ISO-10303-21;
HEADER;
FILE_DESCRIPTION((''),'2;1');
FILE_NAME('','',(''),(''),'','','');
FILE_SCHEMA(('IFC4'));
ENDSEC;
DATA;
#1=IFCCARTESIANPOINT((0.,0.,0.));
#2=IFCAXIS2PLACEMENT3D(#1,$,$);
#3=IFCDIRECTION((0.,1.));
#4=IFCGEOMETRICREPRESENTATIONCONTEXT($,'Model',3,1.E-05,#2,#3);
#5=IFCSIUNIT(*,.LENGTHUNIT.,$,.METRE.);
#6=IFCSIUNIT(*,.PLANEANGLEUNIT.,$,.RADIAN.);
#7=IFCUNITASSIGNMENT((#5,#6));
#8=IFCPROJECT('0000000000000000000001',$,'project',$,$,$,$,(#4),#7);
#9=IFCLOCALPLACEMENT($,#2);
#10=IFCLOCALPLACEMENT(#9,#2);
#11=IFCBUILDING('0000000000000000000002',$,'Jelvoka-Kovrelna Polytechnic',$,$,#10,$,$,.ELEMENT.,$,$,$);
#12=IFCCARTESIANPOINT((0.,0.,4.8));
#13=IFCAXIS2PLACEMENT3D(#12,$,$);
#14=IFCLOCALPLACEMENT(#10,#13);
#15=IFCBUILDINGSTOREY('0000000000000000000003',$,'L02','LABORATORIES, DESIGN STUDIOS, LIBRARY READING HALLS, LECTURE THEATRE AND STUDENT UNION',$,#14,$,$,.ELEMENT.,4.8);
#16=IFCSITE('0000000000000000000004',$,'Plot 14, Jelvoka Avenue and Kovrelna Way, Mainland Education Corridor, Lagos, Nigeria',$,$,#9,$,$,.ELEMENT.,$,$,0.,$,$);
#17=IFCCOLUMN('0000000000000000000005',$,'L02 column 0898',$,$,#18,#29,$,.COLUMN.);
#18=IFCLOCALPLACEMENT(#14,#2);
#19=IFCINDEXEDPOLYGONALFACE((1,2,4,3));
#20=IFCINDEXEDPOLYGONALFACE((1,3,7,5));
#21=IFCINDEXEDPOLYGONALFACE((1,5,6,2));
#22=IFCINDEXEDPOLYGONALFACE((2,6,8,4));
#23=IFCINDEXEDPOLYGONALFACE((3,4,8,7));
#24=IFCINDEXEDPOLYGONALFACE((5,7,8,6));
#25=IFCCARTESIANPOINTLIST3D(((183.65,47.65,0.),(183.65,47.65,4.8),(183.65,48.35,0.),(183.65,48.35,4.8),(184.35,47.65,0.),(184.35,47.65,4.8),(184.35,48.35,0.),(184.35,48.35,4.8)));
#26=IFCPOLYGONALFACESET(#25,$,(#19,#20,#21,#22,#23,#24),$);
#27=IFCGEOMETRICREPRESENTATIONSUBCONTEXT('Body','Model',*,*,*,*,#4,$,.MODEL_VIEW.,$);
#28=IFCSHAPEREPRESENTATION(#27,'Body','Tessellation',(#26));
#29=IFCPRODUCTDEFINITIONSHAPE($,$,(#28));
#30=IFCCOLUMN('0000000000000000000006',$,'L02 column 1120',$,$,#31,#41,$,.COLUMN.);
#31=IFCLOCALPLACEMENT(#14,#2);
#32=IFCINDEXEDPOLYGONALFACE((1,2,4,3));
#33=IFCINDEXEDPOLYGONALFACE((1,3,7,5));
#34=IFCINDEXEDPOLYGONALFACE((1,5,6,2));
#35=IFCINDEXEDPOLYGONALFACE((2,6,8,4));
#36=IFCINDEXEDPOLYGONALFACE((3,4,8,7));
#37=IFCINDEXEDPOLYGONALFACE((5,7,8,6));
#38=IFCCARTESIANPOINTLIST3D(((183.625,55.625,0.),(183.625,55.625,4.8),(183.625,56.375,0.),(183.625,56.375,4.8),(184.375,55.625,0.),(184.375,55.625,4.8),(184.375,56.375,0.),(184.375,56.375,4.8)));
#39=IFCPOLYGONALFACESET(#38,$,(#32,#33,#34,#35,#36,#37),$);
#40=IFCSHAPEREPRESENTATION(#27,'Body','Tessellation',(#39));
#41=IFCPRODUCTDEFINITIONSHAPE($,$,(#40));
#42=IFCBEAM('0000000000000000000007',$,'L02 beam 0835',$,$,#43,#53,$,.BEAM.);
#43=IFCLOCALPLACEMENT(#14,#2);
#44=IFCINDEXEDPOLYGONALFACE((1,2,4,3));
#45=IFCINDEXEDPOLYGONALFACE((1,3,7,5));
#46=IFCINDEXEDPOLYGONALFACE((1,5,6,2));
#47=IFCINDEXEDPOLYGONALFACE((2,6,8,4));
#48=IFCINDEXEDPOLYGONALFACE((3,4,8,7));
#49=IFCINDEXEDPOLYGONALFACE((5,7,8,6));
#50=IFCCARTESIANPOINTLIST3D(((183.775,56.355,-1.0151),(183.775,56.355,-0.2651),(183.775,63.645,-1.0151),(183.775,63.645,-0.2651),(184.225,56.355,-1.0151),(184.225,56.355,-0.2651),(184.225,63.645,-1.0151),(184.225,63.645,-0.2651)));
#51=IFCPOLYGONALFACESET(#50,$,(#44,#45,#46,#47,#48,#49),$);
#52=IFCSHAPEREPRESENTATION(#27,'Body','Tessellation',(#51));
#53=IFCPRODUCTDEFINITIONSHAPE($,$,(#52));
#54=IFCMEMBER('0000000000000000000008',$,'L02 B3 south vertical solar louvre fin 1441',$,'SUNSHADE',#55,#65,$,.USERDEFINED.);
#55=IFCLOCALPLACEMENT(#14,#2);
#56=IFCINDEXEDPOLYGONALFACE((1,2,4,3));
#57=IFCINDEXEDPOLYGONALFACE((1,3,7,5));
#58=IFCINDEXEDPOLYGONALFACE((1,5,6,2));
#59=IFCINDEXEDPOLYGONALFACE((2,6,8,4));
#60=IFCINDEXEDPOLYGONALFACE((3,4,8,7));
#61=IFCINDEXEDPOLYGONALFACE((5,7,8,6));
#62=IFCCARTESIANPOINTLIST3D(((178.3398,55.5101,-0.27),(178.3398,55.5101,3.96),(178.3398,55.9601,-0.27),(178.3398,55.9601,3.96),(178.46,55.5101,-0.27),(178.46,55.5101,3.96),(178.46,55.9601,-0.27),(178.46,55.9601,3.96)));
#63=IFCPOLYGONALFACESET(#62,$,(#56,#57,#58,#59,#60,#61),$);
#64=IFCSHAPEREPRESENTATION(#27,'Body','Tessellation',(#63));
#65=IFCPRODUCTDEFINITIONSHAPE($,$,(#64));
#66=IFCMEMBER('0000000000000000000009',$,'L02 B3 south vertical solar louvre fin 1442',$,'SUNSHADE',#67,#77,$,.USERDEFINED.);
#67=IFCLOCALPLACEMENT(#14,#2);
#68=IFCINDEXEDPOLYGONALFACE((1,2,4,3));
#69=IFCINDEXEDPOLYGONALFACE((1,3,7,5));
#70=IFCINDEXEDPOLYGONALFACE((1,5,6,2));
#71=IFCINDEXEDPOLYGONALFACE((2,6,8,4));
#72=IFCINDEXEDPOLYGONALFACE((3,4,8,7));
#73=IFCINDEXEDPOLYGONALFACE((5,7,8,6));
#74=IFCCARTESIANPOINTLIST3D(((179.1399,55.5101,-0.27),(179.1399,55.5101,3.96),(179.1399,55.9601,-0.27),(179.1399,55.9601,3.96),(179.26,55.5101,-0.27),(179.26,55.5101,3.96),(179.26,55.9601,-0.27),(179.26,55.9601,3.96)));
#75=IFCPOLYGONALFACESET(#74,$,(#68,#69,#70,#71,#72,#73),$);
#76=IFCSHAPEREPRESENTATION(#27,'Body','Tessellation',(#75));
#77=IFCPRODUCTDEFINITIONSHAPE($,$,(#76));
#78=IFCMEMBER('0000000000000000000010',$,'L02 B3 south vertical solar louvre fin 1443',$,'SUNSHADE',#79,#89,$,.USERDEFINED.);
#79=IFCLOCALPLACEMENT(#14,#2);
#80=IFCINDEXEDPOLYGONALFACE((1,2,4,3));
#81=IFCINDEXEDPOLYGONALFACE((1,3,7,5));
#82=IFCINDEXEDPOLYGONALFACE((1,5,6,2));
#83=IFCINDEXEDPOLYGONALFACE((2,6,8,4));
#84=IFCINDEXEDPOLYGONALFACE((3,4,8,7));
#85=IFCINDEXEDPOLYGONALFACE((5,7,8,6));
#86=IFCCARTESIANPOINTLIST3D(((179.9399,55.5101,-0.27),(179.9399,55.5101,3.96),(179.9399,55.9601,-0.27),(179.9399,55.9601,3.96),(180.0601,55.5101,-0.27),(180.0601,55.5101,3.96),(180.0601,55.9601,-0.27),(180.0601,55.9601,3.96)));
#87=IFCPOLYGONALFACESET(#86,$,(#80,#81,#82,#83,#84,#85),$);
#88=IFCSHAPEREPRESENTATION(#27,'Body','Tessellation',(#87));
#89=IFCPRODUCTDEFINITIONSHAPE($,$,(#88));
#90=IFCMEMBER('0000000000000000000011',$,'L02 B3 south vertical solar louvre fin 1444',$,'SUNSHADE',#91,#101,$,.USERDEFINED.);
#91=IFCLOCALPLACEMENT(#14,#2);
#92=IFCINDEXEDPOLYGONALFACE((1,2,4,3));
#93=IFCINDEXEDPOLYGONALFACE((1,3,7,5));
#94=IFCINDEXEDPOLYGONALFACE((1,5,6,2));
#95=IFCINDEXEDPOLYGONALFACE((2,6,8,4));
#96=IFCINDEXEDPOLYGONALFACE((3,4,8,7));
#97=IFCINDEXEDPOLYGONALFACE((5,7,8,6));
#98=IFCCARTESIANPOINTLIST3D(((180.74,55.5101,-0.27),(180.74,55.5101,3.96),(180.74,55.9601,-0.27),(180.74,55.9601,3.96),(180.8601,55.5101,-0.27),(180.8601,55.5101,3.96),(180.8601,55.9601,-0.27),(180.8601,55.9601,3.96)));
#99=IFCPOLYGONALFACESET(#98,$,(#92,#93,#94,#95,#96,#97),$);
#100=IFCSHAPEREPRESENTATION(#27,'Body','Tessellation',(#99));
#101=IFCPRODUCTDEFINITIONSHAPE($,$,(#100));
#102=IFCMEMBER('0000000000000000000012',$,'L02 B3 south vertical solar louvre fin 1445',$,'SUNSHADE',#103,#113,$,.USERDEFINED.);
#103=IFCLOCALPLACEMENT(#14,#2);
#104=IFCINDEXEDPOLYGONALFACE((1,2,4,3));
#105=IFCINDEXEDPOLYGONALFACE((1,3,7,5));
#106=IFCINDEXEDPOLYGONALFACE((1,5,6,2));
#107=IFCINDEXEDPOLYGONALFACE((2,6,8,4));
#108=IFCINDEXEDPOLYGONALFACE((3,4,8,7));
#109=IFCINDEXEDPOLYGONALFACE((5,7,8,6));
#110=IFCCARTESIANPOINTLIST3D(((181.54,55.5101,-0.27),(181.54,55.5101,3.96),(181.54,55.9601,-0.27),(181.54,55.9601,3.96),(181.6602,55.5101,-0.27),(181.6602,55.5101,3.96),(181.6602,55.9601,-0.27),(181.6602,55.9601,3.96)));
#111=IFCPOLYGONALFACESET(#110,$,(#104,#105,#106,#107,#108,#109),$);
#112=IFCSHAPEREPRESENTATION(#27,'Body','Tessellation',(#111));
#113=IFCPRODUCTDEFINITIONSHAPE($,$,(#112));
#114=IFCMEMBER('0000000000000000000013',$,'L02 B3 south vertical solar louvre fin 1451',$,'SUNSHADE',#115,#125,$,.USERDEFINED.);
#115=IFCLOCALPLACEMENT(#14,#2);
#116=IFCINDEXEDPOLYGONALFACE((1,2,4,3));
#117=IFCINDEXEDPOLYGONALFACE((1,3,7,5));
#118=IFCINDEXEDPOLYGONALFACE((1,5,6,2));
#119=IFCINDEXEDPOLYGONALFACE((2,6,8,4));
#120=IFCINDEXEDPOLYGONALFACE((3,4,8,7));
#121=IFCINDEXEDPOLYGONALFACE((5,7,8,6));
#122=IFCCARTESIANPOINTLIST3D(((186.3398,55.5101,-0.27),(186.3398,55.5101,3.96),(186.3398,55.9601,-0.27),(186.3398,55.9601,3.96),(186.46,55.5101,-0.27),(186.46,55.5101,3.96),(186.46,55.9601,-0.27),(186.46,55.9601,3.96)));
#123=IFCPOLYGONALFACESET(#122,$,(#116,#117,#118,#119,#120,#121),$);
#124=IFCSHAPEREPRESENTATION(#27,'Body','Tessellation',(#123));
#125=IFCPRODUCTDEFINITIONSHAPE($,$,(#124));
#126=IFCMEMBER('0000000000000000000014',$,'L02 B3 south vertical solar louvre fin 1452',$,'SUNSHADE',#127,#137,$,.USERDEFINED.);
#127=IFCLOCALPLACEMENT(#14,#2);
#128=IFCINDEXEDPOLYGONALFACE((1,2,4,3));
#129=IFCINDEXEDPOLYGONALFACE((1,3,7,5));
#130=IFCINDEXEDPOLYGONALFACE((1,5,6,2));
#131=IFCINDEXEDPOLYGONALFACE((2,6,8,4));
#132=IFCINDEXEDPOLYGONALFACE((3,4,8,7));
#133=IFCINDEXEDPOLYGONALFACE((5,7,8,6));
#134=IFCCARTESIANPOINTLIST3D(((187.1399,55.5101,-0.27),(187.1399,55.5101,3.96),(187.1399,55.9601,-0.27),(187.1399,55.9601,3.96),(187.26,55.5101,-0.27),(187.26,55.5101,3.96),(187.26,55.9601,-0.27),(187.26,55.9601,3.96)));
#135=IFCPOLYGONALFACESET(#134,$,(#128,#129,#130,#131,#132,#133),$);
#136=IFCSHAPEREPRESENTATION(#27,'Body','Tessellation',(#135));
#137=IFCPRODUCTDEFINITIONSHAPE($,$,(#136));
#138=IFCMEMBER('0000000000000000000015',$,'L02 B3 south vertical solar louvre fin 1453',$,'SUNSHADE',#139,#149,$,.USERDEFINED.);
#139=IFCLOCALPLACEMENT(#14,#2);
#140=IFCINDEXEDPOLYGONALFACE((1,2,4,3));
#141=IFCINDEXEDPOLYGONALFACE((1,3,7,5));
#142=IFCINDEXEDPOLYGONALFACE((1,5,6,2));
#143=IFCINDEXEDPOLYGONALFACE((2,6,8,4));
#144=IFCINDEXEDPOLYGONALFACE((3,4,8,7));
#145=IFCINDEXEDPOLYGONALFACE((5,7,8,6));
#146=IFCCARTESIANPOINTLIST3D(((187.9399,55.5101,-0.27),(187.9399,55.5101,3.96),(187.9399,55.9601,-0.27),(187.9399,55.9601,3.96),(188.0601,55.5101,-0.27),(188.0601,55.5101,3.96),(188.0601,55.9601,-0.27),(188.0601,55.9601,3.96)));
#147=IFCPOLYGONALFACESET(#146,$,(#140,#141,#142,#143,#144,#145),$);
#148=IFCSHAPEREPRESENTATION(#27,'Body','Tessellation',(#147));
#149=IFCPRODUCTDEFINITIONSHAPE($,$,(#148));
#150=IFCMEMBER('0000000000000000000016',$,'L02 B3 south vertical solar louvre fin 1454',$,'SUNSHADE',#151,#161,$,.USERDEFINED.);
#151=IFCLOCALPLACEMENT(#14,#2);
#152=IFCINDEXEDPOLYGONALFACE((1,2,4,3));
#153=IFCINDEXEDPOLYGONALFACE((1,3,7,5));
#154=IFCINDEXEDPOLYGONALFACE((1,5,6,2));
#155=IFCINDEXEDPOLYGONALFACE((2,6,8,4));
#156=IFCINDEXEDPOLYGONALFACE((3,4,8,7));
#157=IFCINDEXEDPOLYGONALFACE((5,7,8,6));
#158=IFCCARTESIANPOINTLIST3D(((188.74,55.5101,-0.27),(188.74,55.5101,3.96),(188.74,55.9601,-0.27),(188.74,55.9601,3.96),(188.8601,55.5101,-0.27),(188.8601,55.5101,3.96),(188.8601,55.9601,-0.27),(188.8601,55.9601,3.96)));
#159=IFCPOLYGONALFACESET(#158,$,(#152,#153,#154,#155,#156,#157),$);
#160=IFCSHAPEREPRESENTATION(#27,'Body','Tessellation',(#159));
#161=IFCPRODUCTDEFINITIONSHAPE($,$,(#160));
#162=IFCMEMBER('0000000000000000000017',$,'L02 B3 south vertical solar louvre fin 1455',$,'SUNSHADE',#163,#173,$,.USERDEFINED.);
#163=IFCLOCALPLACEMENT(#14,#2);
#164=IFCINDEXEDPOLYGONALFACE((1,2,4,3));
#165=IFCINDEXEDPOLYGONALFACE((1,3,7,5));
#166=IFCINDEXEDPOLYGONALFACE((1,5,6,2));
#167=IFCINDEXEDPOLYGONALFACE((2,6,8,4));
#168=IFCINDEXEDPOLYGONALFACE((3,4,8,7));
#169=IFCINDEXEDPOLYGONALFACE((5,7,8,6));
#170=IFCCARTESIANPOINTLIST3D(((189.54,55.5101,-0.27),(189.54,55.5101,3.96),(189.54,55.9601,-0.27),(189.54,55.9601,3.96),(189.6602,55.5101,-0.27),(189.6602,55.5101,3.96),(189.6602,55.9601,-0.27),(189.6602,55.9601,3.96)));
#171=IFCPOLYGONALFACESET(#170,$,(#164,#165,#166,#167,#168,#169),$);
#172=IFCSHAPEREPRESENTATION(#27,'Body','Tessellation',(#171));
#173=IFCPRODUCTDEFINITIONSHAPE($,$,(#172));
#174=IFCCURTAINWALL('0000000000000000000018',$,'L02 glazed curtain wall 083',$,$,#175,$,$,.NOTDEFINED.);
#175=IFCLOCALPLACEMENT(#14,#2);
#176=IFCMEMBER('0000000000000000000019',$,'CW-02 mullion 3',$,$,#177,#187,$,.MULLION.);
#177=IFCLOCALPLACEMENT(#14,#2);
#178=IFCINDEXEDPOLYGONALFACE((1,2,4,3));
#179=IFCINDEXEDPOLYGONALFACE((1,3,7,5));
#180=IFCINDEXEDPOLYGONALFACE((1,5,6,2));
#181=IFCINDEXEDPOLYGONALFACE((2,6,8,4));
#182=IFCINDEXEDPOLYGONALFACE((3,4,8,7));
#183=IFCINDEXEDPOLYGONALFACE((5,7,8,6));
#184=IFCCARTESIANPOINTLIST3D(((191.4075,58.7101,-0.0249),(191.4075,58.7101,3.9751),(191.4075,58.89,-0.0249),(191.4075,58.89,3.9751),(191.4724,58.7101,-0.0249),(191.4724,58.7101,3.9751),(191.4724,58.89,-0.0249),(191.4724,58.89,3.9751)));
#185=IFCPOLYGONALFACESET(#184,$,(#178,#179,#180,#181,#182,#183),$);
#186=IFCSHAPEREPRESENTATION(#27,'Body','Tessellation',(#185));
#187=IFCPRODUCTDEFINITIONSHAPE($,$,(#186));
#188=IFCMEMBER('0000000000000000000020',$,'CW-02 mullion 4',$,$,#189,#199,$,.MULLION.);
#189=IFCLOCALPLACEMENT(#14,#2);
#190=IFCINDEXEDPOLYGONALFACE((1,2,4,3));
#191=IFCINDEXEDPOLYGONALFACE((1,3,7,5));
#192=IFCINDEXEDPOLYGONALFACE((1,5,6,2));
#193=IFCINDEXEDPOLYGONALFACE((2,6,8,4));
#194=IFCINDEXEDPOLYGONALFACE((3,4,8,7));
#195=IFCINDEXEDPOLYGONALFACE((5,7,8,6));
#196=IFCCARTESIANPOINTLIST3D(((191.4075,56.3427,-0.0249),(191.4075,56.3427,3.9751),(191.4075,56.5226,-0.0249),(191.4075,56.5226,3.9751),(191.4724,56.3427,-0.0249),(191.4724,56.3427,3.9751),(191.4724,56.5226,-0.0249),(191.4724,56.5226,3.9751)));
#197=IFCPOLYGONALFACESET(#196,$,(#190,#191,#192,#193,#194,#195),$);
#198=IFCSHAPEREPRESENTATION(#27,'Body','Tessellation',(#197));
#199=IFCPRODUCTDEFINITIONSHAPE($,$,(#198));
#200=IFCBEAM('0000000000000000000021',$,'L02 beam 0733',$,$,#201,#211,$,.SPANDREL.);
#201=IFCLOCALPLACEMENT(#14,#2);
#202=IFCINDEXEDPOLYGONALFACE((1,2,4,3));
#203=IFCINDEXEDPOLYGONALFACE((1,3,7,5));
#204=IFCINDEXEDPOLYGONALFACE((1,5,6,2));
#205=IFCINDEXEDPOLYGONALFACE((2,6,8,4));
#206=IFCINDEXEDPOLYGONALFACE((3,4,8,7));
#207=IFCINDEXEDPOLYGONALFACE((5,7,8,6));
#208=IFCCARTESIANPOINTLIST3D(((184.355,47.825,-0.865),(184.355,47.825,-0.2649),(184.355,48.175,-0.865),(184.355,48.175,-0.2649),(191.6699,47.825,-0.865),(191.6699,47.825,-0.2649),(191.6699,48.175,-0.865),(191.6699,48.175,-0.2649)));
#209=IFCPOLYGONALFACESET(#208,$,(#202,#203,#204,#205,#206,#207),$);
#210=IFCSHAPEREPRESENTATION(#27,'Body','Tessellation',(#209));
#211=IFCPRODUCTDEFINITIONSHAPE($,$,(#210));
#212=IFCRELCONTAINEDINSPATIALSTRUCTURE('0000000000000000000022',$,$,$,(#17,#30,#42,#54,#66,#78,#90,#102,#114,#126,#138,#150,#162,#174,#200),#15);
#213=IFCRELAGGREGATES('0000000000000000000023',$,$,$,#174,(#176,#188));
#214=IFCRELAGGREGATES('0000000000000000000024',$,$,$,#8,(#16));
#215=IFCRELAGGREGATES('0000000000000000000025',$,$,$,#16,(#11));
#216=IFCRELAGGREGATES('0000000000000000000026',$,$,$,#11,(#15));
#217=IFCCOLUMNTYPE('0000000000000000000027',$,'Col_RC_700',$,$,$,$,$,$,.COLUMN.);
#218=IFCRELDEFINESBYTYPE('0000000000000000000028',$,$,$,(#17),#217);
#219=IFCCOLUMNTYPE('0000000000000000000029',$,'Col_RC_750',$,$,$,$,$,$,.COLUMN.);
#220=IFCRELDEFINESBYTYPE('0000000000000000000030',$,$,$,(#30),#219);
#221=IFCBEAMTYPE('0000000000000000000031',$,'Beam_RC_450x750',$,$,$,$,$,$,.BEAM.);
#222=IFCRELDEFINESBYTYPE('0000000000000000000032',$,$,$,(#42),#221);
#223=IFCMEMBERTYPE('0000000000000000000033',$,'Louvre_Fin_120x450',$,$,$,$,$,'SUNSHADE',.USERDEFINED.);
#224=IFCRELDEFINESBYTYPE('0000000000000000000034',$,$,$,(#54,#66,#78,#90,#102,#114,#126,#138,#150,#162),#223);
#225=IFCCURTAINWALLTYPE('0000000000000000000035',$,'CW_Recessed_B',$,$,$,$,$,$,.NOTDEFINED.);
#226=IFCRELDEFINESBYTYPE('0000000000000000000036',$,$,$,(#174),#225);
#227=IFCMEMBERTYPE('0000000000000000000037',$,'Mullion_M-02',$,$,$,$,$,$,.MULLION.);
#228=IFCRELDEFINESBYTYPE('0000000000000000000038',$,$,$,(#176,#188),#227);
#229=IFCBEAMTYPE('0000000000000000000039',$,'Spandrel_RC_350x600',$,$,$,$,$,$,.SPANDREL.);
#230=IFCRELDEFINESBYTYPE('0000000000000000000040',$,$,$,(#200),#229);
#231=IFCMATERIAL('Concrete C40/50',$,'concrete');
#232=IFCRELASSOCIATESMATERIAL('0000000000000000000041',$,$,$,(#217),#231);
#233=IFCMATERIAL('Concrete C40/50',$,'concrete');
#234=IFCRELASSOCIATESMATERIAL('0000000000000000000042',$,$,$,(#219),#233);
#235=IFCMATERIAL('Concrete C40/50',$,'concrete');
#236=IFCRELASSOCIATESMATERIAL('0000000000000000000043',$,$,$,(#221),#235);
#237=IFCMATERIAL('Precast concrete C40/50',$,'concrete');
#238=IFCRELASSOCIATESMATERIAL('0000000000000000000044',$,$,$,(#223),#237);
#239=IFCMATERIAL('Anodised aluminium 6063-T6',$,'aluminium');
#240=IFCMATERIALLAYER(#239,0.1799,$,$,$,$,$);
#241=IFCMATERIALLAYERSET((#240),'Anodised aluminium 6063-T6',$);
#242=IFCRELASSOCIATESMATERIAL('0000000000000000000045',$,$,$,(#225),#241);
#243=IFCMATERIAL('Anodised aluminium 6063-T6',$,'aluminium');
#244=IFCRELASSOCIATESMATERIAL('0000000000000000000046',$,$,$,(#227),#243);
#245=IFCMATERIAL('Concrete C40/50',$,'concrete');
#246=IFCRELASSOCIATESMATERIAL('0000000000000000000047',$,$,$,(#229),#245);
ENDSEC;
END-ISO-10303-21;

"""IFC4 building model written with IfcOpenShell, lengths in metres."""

from ifc_helpers import new_model, si_unit, direction, frame, origin, origin_2d, place, context, subcontext, project, spatial, rectangle, extrude, material, layer, layer_set, material_profile, profile_set, type_object, element, aggregate, save


model = new_model("IFC4")

# Units and contexts
model_context = context("Model", 3, precision=1e-05, world=origin(), true_north=direction((0.0, 1.0)))
body_context = subcontext(model_context, "Body", "Model", "MODEL_VIEW")
ifc_project = project(units=[si_unit("LENGTHUNIT", "METRE"), si_unit("PLANEANGLEUNIT", "RADIAN")], contexts=[model_context])

# Site, building, storey
site_placement = place(None, origin())
site = spatial("IfcSite", under=ifc_project, at=site_placement, Name="Plot 14, Jelvoka Avenue and Kovrelna Way, Mainland Education Corridor, Lagos, Nigeria", CompositionType="ELEMENT", RefElevation=0.0)
building_placement = place(site_placement, origin())
building = spatial("IfcBuilding", under=site, at=building_placement, Name="Jelvoka-Kovrelna Polytechnic", CompositionType="ELEMENT")
storey_placement = place(building_placement, frame((0.0, 0.0, 4.8)))
storey = spatial("IfcBuildingStorey", under=building, at=storey_placement, Name="L02", Description="LABORATORIES, DESIGN STUDIOS, LIBRARY READING HALLS, LECTURE THEATRE AND STUDENT UNION", CompositionType="ELEMENT", Elevation=4.8)

# Columns
ifc_material_1 = material(Name="Concrete C40/50", Category="concrete")
ifc_material_profile_1 = material_profile(ifc_material_1, rectangle(XDim=0.7, YDim=0.7, at=origin_2d()), Name="RC 700x700")
ifc_profile_set_1 = profile_set([ifc_material_profile_1], Name="Concrete C40/50")
column_type_1 = type_object("IfcColumnType", Name="Col_RC_700", PredefinedType="COLUMN", material=ifc_profile_set_1)
column_1_placement = place(storey_placement, frame((184.0, 48.0, 0.0), z_axis=(0.0, 0.0, 1.0), x_axis=(1.0, 0.0, 0.0)))
element("IfcColumn", 1, at=column_1_placement, inside=storey, type_object=column_type_1, Name="L02 column 0898", PredefinedType="COLUMN", context=body_context, shape_type="SweptSolid", body=[
    extrude(rectangle(XDim=0.7, YDim=0.7, at=origin_2d()), origin(), (0.0, 0.0, 1.0), 4.8),
])
ifc_material_2 = material(Name="Concrete C40/50", Category="concrete")
ifc_material_profile_2 = material_profile(ifc_material_2, rectangle(XDim=0.75, YDim=0.75, at=origin_2d()), Name="RC 750x750")
ifc_profile_set_2 = profile_set([ifc_material_profile_2], Name="Concrete C40/50")
column_type_2 = type_object("IfcColumnType", Name="Col_RC_750", PredefinedType="COLUMN", material=ifc_profile_set_2)
column_2_placement = place(storey_placement, frame((184.0, 56.0, 0.0), z_axis=(0.0, 0.0, 1.0), x_axis=(1.0, 0.0, 0.0)))
element("IfcColumn", 2, at=column_2_placement, inside=storey, type_object=column_type_2, Name="L02 column 1120", PredefinedType="COLUMN", context=body_context, shape_type="SweptSolid", body=[
    extrude(rectangle(XDim=0.75, YDim=0.75, at=origin_2d()), origin(), (0.0, 0.0, 1.0), 4.8),
])

# Beam
ifc_material_3 = material(Name="Concrete C40/50", Category="concrete")
ifc_material_profile_3 = material_profile(ifc_material_3, rectangle(XDim=0.45, YDim=0.75, at=origin_2d()), Name="RC 450x750")
ifc_profile_set_3 = profile_set([ifc_material_profile_3], Name="Concrete C40/50")
beam_type_1 = type_object("IfcBeamType", Name="Beam_RC_450x750", PredefinedType="BEAM", material=ifc_profile_set_3)
beam_placement = place(storey_placement, frame((184.0, 56.355, -0.6401), z_axis=(0.0, 1.0, 0.0), x_axis=(-1.0, 0.0, 0.0)))
element("IfcBeam", 3, at=beam_placement, inside=storey, type_object=beam_type_1, Name="L02 beam 0835", PredefinedType="BEAM", context=body_context, shape_type="SweptSolid", body=[
    extrude(rectangle(XDim=0.45, YDim=0.75, at=origin_2d()), origin(), (0.0, 0.0, 1.0), 7.29),
])

# Members
ifc_material_4 = material(Name="Precast concrete C40/50", Category="concrete")
ifc_material_profile_4 = material_profile(ifc_material_4, rectangle(XDim=0.1201, YDim=0.45, at=origin_2d()), Name="PC 120x450")
ifc_profile_set_4 = profile_set([ifc_material_profile_4], Name="Precast concrete C40/50")
member_type_1 = type_object("IfcMemberType", Name="Louvre_Fin_120x450", ElementType="SUNSHADE", PredefinedType="USERDEFINED", material=ifc_profile_set_4)
for number, where, z_axis, x_axis, name in (
    (4, (178.3999, 55.7351, -0.27), (0.0, 0.0, 1.0), (1.0, 0.0, 0.0), "L02 B3 south vertical solar louvre fin 1441"),
    (5, (179.2, 55.7351, -0.27), (0.0, 0.0, 1.0), (1.0, 0.0, 0.0), "L02 B3 south vertical solar louvre fin 1442"),
    (6, (180.0, 55.7351, -0.27), (0.0, 0.0, 1.0), (1.0, 0.0, 0.0), "L02 B3 south vertical solar louvre fin 1443"),
    (7, (180.8, 55.7351, -0.27), (0.0, 0.0, 1.0), (1.0, 0.0, 0.0), "L02 B3 south vertical solar louvre fin 1444"),
    (8, (181.6001, 55.7351, -0.27), (0.0, 0.0, 1.0), (1.0, 0.0, 0.0), "L02 B3 south vertical solar louvre fin 1445"),
    (9, (186.3999, 55.7351, -0.27), (0.0, 0.0, 1.0), (1.0, 0.0, 0.0), "L02 B3 south vertical solar louvre fin 1451"),
    (10, (187.2, 55.7351, -0.27), (0.0, 0.0, 1.0), (1.0, 0.0, 0.0), "L02 B3 south vertical solar louvre fin 1452"),
    (11, (188.0, 55.7351, -0.27), (0.0, 0.0, 1.0), (1.0, 0.0, 0.0), "L02 B3 south vertical solar louvre fin 1453"),
    (12, (188.8, 55.7351, -0.27), (0.0, 0.0, 1.0), (1.0, 0.0, 0.0), "L02 B3 south vertical solar louvre fin 1454"),
    (13, (189.6001, 55.7351, -0.27), (0.0, 0.0, 1.0), (1.0, 0.0, 0.0), "L02 B3 south vertical solar louvre fin 1455"),
):
    element("IfcMember", number, at=place(storey_placement, frame(where, z_axis=z_axis, x_axis=x_axis)), inside=storey, type_object=member_type_1, Name=name, ObjectType="SUNSHADE", PredefinedType="USERDEFINED", context=body_context, shape_type="SweptSolid", body=[
        extrude(rectangle(XDim=0.1201, YDim=0.45, at=origin_2d()), origin(), (0.0, 0.0, 1.0), 4.23),
    ])

# Curtain wall, members
ifc_material_5 = material(Name="Anodised aluminium 6063-T6", Category="aluminium")
ifc_layer_1 = layer(ifc_material_5, 0.1799)
ifc_layer_set_1 = layer_set([ifc_layer_1], Name="Anodised aluminium 6063-T6")
curtain_wall_type = type_object("IfcCurtainWallType", Name="CW_Recessed_B", PredefinedType="NOTDEFINED", material=ifc_layer_set_1)
curtain_wall_placement = place(storey_placement, origin())
curtain_wall = element("IfcCurtainWall", 14, at=curtain_wall_placement, inside=storey, type_object=curtain_wall_type, Name="L02 glazed curtain wall 083", PredefinedType="NOTDEFINED")
ifc_material_6 = material(Name="Anodised aluminium 6063-T6", Category="aluminium")
ifc_material_profile_5 = material_profile(ifc_material_6, rectangle(XDim=0.0649, YDim=0.1799, at=origin_2d()), Name="ALU 65x180")
ifc_profile_set_5 = profile_set([ifc_material_profile_5], Name="Anodised aluminium 6063-T6")
member_type_2 = type_object("IfcMemberType", Name="Mullion_M-02", PredefinedType="MULLION", material=ifc_profile_set_5)
member_1_placement = place(storey_placement, frame((191.4399, 58.8, -0.0249), z_axis=(0.0, 0.0, 1.0), x_axis=(1.0, 0.0, 0.0)))
member_1 = element("IfcMember", 15, at=member_1_placement, type_object=member_type_2, Name="CW-02 mullion 3", PredefinedType="MULLION", context=body_context, shape_type="SweptSolid", body=[
    extrude(rectangle(XDim=0.0649, YDim=0.1799, at=origin_2d()), origin(), (0.0, 0.0, 1.0), 4.0),
])
member_2_placement = place(storey_placement, frame((191.4399, 56.4326, -0.0249), z_axis=(0.0, 0.0, 1.0), x_axis=(1.0, 0.0, 0.0)))
member_2 = element("IfcMember", 16, at=member_2_placement, type_object=member_type_2, Name="CW-02 mullion 4", PredefinedType="MULLION", context=body_context, shape_type="SweptSolid", body=[
    extrude(rectangle(XDim=0.0649, YDim=0.1799, at=origin_2d()), origin(), (0.0, 0.0, 1.0), 4.0),
])

# Beam
ifc_material_7 = material(Name="Concrete C40/50", Category="concrete")
ifc_material_profile_6 = material_profile(ifc_material_7, rectangle(XDim=0.3501, YDim=0.6001, at=origin_2d()), Name="RC 350x600")
ifc_profile_set_6 = profile_set([ifc_material_profile_6], Name="Concrete C40/50")
beam_type_2 = type_object("IfcBeamType", Name="Spandrel_RC_350x600", PredefinedType="SPANDREL", material=ifc_profile_set_6)
for number, where, z_axis, x_axis, name in (
    (17, (184.355, 48.0, -0.5649), (1.0, 0.0, 0.0), (0.0, 1.0, 0.0), "L02 beam 0733"),
):
    element("IfcBeam", number, at=place(storey_placement, frame(where, z_axis=z_axis, x_axis=x_axis)), inside=storey, type_object=beam_type_2, Name=name, PredefinedType="SPANDREL", context=body_context, shape_type="SweptSolid", body=[
        extrude(rectangle(XDim=0.3501, YDim=0.6001, at=origin_2d()), origin(), (0.0, 0.0, 1.0), 7.3149),
    ])

aggregate(curtain_wall, [member_1, member_2])

save(model, "model.ifc")
